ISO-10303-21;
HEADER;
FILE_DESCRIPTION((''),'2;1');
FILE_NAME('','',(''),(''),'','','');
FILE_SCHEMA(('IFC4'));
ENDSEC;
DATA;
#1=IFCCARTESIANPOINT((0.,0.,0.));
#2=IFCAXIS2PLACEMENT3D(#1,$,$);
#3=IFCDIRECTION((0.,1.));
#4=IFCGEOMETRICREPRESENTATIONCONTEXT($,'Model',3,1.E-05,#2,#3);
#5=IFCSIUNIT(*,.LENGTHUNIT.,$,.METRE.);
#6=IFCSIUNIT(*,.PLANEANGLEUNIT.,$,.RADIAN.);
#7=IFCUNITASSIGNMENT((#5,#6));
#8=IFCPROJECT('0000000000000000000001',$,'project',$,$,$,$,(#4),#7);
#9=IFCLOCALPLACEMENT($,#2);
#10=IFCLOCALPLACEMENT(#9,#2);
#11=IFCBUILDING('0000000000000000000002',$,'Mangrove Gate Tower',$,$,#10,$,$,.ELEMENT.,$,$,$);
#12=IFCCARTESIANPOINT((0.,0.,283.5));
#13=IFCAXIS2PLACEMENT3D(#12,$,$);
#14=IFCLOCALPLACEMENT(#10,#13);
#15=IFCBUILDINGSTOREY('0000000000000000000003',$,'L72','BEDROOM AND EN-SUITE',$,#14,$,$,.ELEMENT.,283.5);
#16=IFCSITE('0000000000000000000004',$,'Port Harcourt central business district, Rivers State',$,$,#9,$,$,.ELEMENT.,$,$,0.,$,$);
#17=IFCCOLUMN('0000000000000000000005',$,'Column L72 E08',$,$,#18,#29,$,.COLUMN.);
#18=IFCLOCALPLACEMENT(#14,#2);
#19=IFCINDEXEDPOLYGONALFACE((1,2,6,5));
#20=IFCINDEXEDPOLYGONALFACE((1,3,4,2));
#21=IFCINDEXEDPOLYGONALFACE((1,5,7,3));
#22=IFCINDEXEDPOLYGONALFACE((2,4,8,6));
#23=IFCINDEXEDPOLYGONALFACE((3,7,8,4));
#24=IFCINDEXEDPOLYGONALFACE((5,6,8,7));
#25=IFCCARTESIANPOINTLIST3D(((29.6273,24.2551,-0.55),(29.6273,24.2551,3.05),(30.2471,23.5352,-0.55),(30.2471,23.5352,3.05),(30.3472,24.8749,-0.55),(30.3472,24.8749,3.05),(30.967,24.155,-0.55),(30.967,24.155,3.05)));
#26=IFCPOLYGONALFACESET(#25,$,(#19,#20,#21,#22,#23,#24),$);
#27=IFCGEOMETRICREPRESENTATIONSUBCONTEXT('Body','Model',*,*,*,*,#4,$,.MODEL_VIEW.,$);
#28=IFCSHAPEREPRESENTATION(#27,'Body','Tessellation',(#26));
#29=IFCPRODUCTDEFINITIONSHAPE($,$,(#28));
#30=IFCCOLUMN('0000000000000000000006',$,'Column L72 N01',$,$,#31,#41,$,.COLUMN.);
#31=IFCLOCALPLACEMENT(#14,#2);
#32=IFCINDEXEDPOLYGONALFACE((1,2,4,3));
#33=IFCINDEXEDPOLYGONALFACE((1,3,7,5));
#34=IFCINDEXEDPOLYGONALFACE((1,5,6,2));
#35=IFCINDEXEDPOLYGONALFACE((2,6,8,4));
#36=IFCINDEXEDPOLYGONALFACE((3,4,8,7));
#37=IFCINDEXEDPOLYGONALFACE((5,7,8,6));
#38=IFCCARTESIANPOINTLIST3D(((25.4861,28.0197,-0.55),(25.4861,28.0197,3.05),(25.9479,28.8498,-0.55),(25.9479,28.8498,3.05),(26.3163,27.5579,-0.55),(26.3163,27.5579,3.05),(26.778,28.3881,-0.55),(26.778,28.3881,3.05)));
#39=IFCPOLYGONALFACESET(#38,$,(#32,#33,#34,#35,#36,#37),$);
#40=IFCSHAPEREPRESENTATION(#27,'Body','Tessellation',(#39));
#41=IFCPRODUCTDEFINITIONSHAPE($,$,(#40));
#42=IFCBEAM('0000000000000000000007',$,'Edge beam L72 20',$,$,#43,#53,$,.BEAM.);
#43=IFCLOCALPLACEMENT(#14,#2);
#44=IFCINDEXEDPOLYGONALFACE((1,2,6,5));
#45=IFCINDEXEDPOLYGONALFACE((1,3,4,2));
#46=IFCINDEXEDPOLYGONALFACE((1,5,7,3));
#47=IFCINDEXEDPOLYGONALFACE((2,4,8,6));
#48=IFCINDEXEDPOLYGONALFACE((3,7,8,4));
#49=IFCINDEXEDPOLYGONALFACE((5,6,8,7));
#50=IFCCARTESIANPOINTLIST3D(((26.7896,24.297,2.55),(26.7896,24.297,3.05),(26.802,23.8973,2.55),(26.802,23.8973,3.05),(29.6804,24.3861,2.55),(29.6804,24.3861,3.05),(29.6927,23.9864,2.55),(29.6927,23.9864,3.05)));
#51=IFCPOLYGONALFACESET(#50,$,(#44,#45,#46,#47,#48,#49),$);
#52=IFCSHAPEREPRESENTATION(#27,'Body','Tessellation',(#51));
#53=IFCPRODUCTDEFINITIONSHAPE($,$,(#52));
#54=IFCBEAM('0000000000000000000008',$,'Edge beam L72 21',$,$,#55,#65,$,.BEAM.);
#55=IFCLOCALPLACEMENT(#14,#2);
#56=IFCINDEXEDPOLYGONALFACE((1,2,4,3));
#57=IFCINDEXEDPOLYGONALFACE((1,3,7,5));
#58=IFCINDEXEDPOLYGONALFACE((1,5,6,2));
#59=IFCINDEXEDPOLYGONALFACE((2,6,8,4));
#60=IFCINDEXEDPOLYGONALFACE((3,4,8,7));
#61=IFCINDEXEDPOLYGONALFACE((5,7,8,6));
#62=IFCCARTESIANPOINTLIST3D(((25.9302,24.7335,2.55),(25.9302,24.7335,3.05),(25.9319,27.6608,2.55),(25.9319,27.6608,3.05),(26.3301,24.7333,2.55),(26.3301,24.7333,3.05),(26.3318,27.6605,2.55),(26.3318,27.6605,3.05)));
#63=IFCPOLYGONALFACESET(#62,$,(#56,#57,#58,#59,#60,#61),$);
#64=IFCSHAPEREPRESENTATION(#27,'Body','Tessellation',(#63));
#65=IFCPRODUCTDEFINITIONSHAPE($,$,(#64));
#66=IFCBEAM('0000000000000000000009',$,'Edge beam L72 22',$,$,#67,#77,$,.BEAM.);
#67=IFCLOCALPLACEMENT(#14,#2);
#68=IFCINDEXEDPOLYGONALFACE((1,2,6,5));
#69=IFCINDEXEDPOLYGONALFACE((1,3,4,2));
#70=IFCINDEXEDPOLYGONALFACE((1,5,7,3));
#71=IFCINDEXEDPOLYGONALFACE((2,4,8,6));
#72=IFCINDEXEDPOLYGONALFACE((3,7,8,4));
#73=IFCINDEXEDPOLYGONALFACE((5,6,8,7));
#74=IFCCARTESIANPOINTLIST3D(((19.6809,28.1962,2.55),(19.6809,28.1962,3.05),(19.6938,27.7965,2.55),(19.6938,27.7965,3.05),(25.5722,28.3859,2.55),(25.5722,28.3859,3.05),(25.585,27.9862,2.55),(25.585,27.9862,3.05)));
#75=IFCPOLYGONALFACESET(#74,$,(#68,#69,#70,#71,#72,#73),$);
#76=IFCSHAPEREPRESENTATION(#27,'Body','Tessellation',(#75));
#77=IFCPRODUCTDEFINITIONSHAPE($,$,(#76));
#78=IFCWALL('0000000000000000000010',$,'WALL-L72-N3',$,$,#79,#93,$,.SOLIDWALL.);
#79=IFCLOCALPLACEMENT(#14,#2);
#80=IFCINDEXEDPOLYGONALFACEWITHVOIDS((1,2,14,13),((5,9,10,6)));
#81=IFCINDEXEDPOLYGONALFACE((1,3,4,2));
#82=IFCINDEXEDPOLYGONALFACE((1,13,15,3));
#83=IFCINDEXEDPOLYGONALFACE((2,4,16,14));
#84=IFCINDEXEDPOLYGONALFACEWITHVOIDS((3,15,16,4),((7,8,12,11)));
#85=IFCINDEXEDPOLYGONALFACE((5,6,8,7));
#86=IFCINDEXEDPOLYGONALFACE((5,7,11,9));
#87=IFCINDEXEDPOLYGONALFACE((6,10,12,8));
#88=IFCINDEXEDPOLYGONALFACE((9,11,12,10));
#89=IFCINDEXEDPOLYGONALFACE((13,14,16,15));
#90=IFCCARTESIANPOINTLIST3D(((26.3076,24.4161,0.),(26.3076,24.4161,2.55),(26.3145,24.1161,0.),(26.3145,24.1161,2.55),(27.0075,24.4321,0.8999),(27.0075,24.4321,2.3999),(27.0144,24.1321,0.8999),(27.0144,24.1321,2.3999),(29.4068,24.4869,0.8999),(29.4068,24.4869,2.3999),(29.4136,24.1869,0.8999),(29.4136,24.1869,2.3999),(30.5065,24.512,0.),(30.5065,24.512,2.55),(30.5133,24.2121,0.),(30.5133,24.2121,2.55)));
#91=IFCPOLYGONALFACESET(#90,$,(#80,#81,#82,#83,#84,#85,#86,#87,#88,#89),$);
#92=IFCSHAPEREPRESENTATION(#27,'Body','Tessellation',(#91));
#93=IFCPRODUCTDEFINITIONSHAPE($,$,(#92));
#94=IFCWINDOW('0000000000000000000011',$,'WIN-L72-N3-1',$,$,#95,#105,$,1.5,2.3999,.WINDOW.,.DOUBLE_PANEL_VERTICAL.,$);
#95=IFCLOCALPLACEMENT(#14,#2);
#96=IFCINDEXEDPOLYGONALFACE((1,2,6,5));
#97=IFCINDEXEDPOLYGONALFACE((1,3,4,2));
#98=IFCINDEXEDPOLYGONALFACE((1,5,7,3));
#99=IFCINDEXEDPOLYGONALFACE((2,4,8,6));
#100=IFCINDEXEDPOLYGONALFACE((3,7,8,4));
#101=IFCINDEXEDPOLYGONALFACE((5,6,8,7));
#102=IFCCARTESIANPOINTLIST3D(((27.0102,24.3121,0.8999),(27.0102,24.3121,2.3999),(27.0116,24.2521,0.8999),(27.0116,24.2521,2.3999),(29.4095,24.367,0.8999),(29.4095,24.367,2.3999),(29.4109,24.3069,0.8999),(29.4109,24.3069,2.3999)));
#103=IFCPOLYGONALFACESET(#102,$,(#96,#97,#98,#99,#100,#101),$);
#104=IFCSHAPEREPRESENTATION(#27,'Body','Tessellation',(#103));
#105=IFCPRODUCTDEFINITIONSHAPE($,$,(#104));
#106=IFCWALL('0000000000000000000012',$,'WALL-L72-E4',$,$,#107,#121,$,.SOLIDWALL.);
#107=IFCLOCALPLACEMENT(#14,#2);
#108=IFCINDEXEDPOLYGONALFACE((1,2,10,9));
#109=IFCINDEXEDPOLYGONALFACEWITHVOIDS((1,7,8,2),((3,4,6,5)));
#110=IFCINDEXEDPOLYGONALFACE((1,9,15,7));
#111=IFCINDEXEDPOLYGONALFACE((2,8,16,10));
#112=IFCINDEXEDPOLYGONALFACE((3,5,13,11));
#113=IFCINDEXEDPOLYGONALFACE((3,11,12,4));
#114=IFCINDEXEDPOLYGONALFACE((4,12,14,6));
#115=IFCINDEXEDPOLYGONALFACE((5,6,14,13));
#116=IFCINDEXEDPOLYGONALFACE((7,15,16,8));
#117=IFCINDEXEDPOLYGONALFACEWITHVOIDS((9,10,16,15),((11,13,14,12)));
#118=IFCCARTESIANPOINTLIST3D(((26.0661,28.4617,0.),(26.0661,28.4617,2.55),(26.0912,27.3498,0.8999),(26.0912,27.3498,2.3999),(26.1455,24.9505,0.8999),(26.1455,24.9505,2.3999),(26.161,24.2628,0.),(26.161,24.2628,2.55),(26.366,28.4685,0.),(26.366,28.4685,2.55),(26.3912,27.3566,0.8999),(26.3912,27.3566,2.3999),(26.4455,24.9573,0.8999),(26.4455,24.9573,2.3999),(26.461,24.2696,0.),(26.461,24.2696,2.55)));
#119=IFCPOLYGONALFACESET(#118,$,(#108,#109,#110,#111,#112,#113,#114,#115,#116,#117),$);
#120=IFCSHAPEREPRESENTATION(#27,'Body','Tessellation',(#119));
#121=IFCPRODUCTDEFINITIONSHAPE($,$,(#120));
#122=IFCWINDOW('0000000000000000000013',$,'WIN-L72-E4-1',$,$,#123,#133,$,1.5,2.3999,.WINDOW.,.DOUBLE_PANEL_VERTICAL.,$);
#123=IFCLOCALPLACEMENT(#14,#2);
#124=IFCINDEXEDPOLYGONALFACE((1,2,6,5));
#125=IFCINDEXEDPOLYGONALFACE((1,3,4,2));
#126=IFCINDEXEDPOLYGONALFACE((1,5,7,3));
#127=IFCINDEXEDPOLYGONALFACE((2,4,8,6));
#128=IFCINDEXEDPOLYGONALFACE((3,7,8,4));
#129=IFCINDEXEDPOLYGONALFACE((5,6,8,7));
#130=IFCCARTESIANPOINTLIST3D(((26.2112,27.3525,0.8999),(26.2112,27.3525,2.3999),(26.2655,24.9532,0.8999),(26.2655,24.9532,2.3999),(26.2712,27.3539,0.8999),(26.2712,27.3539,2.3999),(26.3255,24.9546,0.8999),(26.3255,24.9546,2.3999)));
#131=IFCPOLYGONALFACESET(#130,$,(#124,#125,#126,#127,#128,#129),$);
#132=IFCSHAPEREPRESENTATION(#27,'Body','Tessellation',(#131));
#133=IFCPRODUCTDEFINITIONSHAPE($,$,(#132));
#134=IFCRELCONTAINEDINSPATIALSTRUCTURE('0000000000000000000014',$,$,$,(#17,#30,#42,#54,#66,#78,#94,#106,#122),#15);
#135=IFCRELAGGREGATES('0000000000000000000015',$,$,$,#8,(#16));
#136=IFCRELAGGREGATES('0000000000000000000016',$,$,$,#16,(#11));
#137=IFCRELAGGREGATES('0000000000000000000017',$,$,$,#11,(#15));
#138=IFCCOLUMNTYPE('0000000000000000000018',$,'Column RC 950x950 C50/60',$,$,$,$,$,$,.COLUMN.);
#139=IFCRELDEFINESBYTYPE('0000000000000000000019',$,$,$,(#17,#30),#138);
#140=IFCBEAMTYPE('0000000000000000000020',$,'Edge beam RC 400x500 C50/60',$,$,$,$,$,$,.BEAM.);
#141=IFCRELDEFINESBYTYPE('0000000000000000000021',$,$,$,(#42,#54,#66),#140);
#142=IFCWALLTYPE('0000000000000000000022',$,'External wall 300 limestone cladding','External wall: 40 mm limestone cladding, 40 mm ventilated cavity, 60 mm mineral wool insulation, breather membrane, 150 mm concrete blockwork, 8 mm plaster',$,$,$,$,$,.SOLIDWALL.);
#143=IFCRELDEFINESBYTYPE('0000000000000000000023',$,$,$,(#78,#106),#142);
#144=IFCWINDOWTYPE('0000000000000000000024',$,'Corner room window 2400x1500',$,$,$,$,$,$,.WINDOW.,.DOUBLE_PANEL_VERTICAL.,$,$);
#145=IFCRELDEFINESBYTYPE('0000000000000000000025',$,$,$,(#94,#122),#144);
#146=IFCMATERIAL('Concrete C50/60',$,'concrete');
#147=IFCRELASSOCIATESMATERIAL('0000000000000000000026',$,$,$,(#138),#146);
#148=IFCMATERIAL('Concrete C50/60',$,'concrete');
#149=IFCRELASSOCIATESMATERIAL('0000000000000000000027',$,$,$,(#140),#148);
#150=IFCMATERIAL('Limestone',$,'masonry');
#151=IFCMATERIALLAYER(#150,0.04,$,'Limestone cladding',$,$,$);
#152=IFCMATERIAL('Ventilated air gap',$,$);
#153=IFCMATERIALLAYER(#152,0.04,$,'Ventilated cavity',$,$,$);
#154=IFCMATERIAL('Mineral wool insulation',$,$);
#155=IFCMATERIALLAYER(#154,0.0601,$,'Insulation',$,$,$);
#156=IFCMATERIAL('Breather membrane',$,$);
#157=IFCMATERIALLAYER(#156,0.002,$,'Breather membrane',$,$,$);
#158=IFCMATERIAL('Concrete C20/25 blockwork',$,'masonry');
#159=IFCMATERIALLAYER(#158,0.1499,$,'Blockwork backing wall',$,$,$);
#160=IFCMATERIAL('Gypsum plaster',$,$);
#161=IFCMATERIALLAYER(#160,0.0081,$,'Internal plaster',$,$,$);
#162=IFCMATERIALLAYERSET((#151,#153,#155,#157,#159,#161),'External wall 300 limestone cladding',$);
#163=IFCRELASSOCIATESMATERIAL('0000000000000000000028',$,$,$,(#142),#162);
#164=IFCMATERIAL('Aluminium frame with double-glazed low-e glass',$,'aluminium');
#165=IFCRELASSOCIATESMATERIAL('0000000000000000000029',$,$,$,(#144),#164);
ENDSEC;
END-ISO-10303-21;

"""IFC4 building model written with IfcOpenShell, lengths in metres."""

from ifc_helpers import new_model, si_unit, direction, frame, frame_2d, origin, origin_2d, place, context, subcontext, project, spatial, rectangle, extrude, material, layer, layer_set, material_profile, profile_set, type_object, element, fill, save


model = new_model("IFC4")

# Units and contexts
model_context = context("Model", 3, precision=1e-05, world=origin(), true_north=direction((0.0, 1.0)))
body_context = subcontext(model_context, "Body", "Model", "MODEL_VIEW")
ifc_project = project(units=[si_unit("LENGTHUNIT", "METRE"), si_unit("PLANEANGLEUNIT", "RADIAN")], contexts=[model_context])

# Site, building, storey
site_placement = place(None, origin())
site = spatial("IfcSite", under=ifc_project, at=site_placement, Name="Port Harcourt central business district, Rivers State", CompositionType="ELEMENT", RefElevation=0.0)
building_placement = place(site_placement, origin())
building = spatial("IfcBuilding", under=site, at=building_placement, Name="Mangrove Gate Tower", CompositionType="ELEMENT")
storey_placement = place(building_placement, frame((0.0, 0.0, 283.5)))
storey = spatial("IfcBuildingStorey", under=building, at=storey_placement, Name="L72", Description="BEDROOM AND EN-SUITE", CompositionType="ELEMENT", Elevation=283.5)

# Columns
ifc_material_1 = material(Name="Concrete C50/60", Category="concrete")
ifc_material_profile_1 = material_profile(ifc_material_1, rectangle(XDim=0.95, YDim=0.95, at=origin_2d()))
ifc_profile_set_1 = profile_set([ifc_material_profile_1], Name="Concrete C50/60")
column_type = type_object("IfcColumnType", Name="Column RC 950x950 C50/60", PredefinedType="COLUMN", material=ifc_profile_set_1)
for number, where, z_axis, x_axis, name in (
    (1, (30.2971, 24.2051, -0.55), (0.0, 0.0, 1.0), (-0.652446, 0.757835, 0.0), "Column L72 E08"),
    (2, (26.1321, 28.2039, -0.55), (0.0, 0.0, 1.0), (-0.873907, 0.486093, 0.0), "Column L72 N01"),
):
    element("IfcColumn", number, at=place(storey_placement, frame(where, z_axis=z_axis, x_axis=x_axis)), inside=storey, type_object=column_type, Name=name, PredefinedType="COLUMN", context=body_context, shape_type="SweptSolid", body=[
        extrude(rectangle(XDim=0.95, YDim=0.95, at=origin_2d()), origin(), (0.0, 0.0, 1.0), 3.6001),
    ])

# Beams
ifc_material_2 = material(Name="Concrete C50/60", Category="concrete")
ifc_material_profile_2 = material_profile(ifc_material_2, rectangle(XDim=0.3999, YDim=0.5, at=origin_2d()))
ifc_profile_set_2 = profile_set([ifc_material_profile_2], Name="Concrete C50/60")
beam_type = type_object("IfcBeamType", Name="Edge beam RC 400x500 C50/60", PredefinedType="BEAM", material=ifc_profile_set_2)
beam_1_placement = place(storey_placement, frame((29.6865, 24.1863, 2.8), z_axis=(-0.999525, -0.030813, 0.0), x_axis=(0.030813, -0.999525, 0.0)))
element("IfcBeam", 3, at=beam_1_placement, inside=storey, type_object=beam_type, Name="Edge beam L72 20", PredefinedType="BEAM", context=body_context, shape_type="SweptSolid", body=[
    extrude(rectangle(XDim=0.3999, YDim=0.5, at=origin_2d()), origin(), (0.0, 0.0, 1.0), 2.8921),
])
beam_2_placement = place(storey_placement, frame((26.1301, 24.7334, 2.8), z_axis=(0.000584, 1.0, 0.0), x_axis=(-1.0, 0.000584, 0.0)))
element("IfcBeam", 4, at=beam_2_placement, inside=storey, type_object=beam_type, Name="Edge beam L72 21", PredefinedType="BEAM", context=body_context, shape_type="SweptSolid", body=[
    extrude(rectangle(XDim=0.3999, YDim=0.5, at=origin_2d()), origin(), (0.0, 0.0, 1.0), 2.9272),
])
beam_3_placement = place(storey_placement, frame((25.5786, 28.186, 2.8), z_axis=(-0.999482, -0.032184, 0.0), x_axis=(0.032184, -0.999482, 0.0)))
element("IfcBeam", 5, at=beam_3_placement, inside=storey, type_object=beam_type, Name="Edge beam L72 22", PredefinedType="BEAM", context=body_context, shape_type="SweptSolid", body=[
    extrude(rectangle(XDim=0.3999, YDim=0.5, at=origin_2d()), origin(), (0.0, 0.0, 1.0), 5.8943),
])

# Walls, openings, windows
ifc_material_3 = material(Name="Limestone", Category="masonry")
ifc_layer_1 = layer(ifc_material_3, 0.04, Name="Limestone cladding")
ifc_material_4 = material(Name="Ventilated air gap")
ifc_layer_2 = layer(ifc_material_4, 0.04, Name="Ventilated cavity")
ifc_material_5 = material(Name="Mineral wool insulation")
ifc_layer_3 = layer(ifc_material_5, 0.0601, Name="Insulation")
ifc_material_6 = material(Name="Breather membrane")
ifc_layer_4 = layer(ifc_material_6, 0.002, Name="Breather membrane")
ifc_material_7 = material(Name="Concrete C20/25 blockwork", Category="masonry")
ifc_layer_5 = layer(ifc_material_7, 0.1499, Name="Blockwork backing wall")
ifc_material_8 = material(Name="Gypsum plaster")
ifc_layer_6 = layer(ifc_material_8, 0.0081, Name="Internal plaster")
ifc_layer_set = layer_set([ifc_layer_1, ifc_layer_2, ifc_layer_3, ifc_layer_4, ifc_layer_5, ifc_layer_6], Name="External wall 300 limestone cladding")
wall_type = type_object("IfcWallType", Name="External wall 300 limestone cladding", Description="External wall: 40 mm limestone cladding, 40 mm ventilated cavity, 60 mm mineral wool insulation, breather membrane, 150 mm concrete blockwork, 8 mm plaster", PredefinedType="SOLIDWALL", material=ifc_layer_set)
wall_1_placement = place(storey_placement, frame((30.51, 24.3621, 0.0), z_axis=(0.0, 0.0, 1.0), x_axis=(-0.999739, -0.022844, 0.0)))
wall_1 = element("IfcWall", 6, at=wall_1_placement, inside=storey, type_object=wall_type, Name="WALL-L72-N3", PredefinedType="SOLIDWALL", context=body_context, shape_type="SweptSolid", body=[
    extrude(rectangle(XDim=4.2, YDim=0.3, at=frame_2d((2.1001, 0.0))), origin(), (0.0, 0.0, 1.0), 2.55),
])
opening_1_placement = place(wall_1_placement, frame((1.1001, 0.0, 0.8999)))
opening_1 = element("IfcOpeningElement", 7, at=opening_1_placement, cuts=wall_1, PredefinedType="OPENING", context=body_context, shape_type="SweptSolid", body=[
    extrude(rectangle(XDim=2.3999, YDim=1.5, at=frame_2d((1.2, 0.75))), frame((0.0, 0.1599, 0.0), z_axis=(0.0, -1.0, 0.0), x_axis=(1.0, 0.0, 0.0)), (0.0, 0.0, 1.0), 0.3201),
])
ifc_material_9 = material(Name="Aluminium frame with double-glazed low-e glass", Category="aluminium")
window_type = type_object("IfcWindowType", Name="Corner room window 2400x1500", PartitioningType="DOUBLE_PANEL_VERTICAL", PredefinedType="WINDOW", material=ifc_material_9)
window_1_placement = place(opening_1_placement, origin())
window_1 = element("IfcWindow", 8, at=window_1_placement, inside=storey, type_object=window_type, Name="WIN-L72-N3-1", OverallHeight=1.5, OverallWidth=2.3999, PartitioningType="DOUBLE_PANEL_VERTICAL", PredefinedType="WINDOW", context=body_context, shape_type="SweptSolid", body=[
    extrude(rectangle(XDim=2.3999, YDim=1.5, at=frame_2d((1.2, 0.75))), frame((0.0, 0.03, 0.0), z_axis=(0.0, -1.0, 0.0), x_axis=(1.0, 0.0, 0.0)), (0.0, 0.0, 1.0), 0.0601),
])
fill(opening_1, window_1)
wall_2_placement = place(storey_placement, frame((26.311, 24.2661, 0.0), z_axis=(0.0, 0.0, 1.0), x_axis=(-0.022612, 0.999744, 0.0)))
wall_2 = element("IfcWall", 9, at=wall_2_placement, inside=storey, type_object=wall_type, Name="WALL-L72-E4", PredefinedType="SOLIDWALL", context=body_context, shape_type="SweptSolid", body=[
    extrude(rectangle(XDim=4.2, YDim=0.3, at=frame_2d((2.1001, 0.0))), origin(), (0.0, 0.0, 1.0), 2.55),
])
opening_2_placement = place(wall_2_placement, frame((0.688, 0.0, 0.8999)))
opening_2 = element("IfcOpeningElement", 10, at=opening_2_placement, cuts=wall_2, PredefinedType="OPENING", context=body_context, shape_type="SweptSolid", body=[
    extrude(rectangle(XDim=2.3999, YDim=1.5, at=frame_2d((1.2, 0.75))), frame((0.0, 0.1599, 0.0), z_axis=(0.0, -1.0, 0.0), x_axis=(1.0, 0.0, 0.0)), (0.0, 0.0, 1.0), 0.3201),
])
window_2_placement = place(opening_2_placement, origin())
window_2 = element("IfcWindow", 11, at=window_2_placement, inside=storey, type_object=window_type, Name="WIN-L72-E4-1", OverallHeight=1.5, OverallWidth=2.3999, PartitioningType="DOUBLE_PANEL_VERTICAL", PredefinedType="WINDOW", context=body_context, shape_type="SweptSolid", body=[
    extrude(rectangle(XDim=2.3999, YDim=1.5, at=frame_2d((1.2, 0.75))), frame((0.0, 0.03, 0.0), z_axis=(0.0, -1.0, 0.0), x_axis=(1.0, 0.0, 0.0)), (0.0, 0.0, 1.0), 0.0601),
])
fill(opening_2, window_2)

save(model, "model.ifc")
